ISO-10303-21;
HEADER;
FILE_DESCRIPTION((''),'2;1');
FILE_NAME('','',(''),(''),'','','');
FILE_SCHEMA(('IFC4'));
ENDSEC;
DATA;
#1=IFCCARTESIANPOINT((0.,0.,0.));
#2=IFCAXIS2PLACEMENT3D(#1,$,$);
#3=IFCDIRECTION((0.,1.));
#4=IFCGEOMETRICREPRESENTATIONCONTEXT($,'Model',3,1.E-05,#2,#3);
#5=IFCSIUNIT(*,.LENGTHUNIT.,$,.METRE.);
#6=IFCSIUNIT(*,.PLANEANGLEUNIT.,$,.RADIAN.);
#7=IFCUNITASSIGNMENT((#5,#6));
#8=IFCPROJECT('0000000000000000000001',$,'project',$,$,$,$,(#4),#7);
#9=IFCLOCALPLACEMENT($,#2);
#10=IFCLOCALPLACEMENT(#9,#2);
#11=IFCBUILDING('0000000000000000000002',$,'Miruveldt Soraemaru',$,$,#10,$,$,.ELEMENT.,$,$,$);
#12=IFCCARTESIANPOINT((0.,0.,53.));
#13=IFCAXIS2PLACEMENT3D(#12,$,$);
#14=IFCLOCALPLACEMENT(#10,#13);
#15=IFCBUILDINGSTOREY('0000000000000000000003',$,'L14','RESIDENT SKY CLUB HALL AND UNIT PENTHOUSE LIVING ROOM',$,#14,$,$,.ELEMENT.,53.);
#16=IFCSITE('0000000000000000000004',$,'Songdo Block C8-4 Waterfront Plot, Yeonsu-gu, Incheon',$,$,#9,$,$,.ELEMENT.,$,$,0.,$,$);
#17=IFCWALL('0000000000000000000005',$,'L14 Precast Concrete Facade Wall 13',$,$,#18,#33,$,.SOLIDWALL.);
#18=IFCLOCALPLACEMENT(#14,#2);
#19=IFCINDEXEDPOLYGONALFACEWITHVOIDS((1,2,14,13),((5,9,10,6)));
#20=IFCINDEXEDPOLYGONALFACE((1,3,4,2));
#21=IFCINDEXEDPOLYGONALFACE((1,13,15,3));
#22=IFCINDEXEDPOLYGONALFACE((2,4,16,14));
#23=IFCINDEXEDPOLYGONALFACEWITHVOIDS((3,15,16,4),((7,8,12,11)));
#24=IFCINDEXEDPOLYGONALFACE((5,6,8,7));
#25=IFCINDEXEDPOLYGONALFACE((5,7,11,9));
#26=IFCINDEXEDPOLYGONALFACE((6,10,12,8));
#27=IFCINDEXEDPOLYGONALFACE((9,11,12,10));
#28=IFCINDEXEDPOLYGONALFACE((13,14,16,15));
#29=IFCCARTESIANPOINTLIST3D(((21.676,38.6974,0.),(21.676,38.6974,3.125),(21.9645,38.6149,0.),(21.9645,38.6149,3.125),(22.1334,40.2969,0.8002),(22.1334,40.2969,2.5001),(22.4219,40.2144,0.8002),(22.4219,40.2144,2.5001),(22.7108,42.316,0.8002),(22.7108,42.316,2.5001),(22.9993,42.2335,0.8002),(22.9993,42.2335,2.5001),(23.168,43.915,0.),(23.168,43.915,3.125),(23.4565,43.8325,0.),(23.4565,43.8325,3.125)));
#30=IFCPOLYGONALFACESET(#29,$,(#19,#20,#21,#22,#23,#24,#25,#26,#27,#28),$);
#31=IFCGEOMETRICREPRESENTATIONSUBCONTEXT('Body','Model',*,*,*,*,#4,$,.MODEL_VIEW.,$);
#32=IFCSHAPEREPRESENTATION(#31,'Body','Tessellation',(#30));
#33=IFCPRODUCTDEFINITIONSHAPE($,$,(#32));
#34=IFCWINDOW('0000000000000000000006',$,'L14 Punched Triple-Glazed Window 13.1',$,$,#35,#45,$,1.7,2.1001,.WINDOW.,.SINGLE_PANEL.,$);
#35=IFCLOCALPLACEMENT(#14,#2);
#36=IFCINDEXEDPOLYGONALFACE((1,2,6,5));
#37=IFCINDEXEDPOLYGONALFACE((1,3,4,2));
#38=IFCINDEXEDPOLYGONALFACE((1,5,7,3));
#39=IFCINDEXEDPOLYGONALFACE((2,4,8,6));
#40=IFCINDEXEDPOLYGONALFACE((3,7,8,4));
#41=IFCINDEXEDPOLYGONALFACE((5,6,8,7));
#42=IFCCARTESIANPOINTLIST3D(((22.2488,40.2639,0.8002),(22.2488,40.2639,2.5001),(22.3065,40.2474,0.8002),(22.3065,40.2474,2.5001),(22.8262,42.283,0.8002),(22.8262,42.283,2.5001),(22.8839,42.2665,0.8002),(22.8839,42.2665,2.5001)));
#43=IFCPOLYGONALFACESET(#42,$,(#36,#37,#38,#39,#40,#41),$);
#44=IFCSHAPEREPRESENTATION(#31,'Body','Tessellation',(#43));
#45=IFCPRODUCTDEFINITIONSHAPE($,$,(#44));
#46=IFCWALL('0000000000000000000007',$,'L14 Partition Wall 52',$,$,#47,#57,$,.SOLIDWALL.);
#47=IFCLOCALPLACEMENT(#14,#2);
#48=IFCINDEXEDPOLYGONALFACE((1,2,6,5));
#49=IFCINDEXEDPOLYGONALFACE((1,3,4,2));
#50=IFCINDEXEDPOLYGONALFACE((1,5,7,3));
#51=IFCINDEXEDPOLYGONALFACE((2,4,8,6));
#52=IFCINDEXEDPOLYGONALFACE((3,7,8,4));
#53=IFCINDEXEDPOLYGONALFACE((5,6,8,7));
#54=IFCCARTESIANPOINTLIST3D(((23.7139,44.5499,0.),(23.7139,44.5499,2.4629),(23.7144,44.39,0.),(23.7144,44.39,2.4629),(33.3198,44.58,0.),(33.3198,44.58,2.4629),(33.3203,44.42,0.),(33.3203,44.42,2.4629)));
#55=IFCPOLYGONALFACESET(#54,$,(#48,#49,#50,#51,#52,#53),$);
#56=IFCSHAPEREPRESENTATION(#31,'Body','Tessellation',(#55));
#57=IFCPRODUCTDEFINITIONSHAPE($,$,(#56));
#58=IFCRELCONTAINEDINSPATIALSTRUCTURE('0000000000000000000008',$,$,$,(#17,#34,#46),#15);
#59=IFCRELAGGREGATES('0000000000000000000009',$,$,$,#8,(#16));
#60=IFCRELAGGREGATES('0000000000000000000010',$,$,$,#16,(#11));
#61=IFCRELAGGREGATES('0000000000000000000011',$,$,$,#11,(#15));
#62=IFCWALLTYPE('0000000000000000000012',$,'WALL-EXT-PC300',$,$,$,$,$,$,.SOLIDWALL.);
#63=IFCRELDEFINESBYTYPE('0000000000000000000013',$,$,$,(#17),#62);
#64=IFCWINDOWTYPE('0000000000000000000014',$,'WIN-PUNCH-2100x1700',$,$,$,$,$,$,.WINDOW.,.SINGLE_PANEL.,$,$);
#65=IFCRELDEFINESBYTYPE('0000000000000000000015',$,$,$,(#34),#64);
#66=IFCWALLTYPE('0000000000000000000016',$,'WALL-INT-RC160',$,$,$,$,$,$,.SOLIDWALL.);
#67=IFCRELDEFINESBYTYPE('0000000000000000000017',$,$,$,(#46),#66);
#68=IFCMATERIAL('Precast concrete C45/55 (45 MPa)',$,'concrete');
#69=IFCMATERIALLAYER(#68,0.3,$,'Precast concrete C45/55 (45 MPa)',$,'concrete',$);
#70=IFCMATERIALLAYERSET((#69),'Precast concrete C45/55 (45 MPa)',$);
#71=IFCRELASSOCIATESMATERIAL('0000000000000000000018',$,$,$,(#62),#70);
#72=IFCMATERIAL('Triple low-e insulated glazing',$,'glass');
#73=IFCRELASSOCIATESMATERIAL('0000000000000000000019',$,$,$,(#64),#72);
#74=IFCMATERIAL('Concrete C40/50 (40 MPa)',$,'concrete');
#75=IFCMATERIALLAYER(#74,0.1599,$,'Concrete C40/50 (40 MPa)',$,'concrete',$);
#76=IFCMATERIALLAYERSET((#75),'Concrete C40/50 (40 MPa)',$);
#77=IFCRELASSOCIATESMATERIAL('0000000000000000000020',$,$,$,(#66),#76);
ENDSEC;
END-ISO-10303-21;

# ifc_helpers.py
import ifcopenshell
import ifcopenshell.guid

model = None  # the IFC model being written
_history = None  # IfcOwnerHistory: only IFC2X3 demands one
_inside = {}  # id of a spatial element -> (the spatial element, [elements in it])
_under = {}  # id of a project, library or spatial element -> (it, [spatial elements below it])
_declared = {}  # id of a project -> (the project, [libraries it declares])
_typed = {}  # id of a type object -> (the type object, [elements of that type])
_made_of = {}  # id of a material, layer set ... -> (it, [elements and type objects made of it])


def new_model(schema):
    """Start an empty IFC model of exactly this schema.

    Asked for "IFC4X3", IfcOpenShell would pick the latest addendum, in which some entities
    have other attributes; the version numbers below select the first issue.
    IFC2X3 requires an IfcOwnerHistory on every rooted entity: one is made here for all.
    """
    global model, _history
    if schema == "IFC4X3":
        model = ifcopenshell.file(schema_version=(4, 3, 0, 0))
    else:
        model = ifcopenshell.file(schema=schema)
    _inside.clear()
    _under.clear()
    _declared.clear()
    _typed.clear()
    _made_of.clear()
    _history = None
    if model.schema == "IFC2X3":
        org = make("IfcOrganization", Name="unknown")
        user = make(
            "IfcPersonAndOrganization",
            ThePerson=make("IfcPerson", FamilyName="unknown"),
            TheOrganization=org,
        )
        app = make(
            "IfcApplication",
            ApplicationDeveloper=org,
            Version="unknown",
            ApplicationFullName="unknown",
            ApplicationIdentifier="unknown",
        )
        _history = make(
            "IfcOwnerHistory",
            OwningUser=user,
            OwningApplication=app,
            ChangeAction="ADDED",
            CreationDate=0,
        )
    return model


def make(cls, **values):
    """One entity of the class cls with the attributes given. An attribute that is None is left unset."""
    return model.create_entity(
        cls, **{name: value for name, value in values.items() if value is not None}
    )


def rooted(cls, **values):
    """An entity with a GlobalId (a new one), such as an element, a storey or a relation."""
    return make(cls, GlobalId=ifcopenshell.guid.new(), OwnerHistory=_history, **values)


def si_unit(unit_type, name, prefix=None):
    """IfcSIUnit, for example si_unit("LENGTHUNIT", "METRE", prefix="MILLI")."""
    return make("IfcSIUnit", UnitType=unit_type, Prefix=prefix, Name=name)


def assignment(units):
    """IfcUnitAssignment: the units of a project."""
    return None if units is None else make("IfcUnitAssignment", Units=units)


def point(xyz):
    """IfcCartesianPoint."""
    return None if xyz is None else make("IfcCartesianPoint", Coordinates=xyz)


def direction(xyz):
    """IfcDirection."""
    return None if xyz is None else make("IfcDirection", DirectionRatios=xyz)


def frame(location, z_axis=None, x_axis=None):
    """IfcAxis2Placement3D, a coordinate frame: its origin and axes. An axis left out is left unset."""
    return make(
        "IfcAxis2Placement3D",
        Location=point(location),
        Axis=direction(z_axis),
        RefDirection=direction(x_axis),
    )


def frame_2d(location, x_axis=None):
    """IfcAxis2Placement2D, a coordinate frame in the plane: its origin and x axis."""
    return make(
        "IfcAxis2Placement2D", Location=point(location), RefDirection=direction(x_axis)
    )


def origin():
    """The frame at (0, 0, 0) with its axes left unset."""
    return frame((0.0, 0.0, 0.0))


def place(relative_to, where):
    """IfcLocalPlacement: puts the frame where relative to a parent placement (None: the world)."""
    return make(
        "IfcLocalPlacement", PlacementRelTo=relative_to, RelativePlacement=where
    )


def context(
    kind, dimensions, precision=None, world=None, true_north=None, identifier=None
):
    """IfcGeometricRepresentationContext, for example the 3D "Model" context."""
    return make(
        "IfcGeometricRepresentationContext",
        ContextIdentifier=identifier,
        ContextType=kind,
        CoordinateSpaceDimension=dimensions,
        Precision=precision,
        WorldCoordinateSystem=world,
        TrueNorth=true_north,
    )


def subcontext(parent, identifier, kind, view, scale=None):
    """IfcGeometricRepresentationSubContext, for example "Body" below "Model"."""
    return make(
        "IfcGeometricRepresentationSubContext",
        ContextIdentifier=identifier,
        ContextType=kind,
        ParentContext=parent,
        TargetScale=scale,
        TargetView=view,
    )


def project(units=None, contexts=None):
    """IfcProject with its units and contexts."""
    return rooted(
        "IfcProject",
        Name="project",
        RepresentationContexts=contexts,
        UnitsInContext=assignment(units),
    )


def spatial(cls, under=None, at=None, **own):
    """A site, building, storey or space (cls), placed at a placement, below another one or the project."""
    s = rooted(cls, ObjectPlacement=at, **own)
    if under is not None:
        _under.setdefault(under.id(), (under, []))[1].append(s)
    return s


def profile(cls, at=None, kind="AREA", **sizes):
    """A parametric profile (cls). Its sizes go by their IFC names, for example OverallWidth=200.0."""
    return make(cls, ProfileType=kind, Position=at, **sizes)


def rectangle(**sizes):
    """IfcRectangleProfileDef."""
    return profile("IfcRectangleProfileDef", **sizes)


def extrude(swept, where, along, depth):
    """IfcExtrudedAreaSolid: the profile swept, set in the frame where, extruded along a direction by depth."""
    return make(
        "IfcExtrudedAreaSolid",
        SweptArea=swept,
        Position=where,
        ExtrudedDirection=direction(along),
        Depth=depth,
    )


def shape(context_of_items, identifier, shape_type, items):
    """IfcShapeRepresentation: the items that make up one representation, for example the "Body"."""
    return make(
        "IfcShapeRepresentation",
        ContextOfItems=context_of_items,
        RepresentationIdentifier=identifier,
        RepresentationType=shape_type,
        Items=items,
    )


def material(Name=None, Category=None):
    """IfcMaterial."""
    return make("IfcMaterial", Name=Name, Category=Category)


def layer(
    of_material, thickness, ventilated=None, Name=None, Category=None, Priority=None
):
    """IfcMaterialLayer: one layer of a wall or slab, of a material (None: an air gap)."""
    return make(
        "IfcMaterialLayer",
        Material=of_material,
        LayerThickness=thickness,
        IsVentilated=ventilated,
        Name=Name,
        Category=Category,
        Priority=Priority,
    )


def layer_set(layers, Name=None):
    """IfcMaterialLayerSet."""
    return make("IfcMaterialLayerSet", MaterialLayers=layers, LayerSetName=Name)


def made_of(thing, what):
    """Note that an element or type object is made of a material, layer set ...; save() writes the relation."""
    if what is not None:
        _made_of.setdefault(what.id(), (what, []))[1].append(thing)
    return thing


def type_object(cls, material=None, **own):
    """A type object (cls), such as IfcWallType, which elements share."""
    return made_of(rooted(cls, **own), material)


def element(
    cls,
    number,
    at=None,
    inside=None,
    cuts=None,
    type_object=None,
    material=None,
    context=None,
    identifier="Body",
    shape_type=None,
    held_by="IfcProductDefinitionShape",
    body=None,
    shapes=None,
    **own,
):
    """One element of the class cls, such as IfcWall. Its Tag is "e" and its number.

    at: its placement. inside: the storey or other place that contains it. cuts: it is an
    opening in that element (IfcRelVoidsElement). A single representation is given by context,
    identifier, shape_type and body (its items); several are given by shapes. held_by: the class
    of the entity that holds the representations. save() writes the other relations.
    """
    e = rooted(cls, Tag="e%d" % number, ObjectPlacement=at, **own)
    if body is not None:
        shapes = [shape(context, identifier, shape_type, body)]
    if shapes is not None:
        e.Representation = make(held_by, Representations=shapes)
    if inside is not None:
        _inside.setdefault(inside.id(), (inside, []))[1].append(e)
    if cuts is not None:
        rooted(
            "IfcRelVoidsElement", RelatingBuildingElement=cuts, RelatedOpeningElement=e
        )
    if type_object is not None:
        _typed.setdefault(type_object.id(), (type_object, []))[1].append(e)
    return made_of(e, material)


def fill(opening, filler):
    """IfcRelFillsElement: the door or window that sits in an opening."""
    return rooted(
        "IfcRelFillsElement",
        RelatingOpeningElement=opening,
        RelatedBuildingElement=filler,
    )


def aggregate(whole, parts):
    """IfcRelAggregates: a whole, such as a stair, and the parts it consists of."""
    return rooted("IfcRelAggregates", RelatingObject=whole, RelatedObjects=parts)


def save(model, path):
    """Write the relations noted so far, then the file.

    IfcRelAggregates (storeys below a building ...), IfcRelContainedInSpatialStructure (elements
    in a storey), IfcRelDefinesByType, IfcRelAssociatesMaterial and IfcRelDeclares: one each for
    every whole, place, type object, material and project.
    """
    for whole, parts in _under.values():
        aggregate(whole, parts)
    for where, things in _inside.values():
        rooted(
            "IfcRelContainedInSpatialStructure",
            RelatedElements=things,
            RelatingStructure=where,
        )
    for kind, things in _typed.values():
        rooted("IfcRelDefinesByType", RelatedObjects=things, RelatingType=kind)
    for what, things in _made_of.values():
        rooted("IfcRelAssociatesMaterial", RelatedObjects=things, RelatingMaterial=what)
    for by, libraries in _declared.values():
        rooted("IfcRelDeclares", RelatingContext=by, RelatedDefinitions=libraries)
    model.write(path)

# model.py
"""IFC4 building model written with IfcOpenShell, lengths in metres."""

from ifc_helpers import new_model, si_unit, direction, frame, frame_2d, origin, place, context, subcontext, project, spatial, rectangle, extrude, material, layer, layer_set, type_object, element, fill, save


model = new_model("IFC4")

# Units and contexts
model_context = context("Model", 3, precision=1e-05, world=origin(), true_north=direction((0.0, 1.0)))
body_context = subcontext(model_context, "Body", "Model", "MODEL_VIEW")
ifc_project = project(units=[si_unit("LENGTHUNIT", "METRE"), si_unit("PLANEANGLEUNIT", "RADIAN")], contexts=[model_context])

# Site, building, storey
site_placement = place(None, origin())
site = spatial("IfcSite", under=ifc_project, at=site_placement, Name="Songdo Block C8-4 Waterfront Plot, Yeonsu-gu, Incheon", CompositionType="ELEMENT", RefElevation=0.0)
building_placement = place(site_placement, origin())
building = spatial("IfcBuilding", under=site, at=building_placement, Name="Miruveldt Soraemaru", CompositionType="ELEMENT")
storey_placement = place(building_placement, frame((0.0, 0.0, 53.0)))
storey = spatial("IfcBuildingStorey", under=building, at=storey_placement, Name="L14", Description="RESIDENT SKY CLUB HALL AND UNIT PENTHOUSE LIVING ROOM", CompositionType="ELEMENT", Elevation=53.0)

# Shared definitions
ifc_material_1 = material(Name="Triple low-e insulated glazing", Category="glass")

# Shared definitions
ifc_material_2 = material(Name="Precast concrete C45/55 (45 MPa)", Category="concrete")
ifc_layer_1 = layer(ifc_material_2, 0.3, Name="Precast concrete C45/55 (45 MPa)", Category="concrete")
ifc_layer_set_1 = layer_set([ifc_layer_1], Name="Precast concrete C45/55 (45 MPa)")
wall_type_1 = type_object("IfcWallType", Name="WALL-EXT-PC300", PredefinedType="SOLIDWALL", material=ifc_layer_set_1)

# Wall, opening, window
window_type = type_object("IfcWindowType", Name="WIN-PUNCH-2100x1700", PartitioningType="SINGLE_PANEL", PredefinedType="WINDOW", material=ifc_material_1)
wall_1_placement = place(storey_placement, frame((23.3123, 43.8738, 0.0), z_axis=(0.0, 0.0, 1.0), x_axis=(-0.274929, -0.961465, 0.0)))
wall_1 = element("IfcWall", 1, at=wall_1_placement, inside=storey, type_object=wall_type_1, Name="L14 Precast Concrete Facade Wall 13", PredefinedType="SOLIDWALL", context=body_context, shape_type="SweptSolid", body=[
    extrude(rectangle(XDim=5.4268, YDim=0.3, at=frame_2d((2.7134, 0.0))), origin(), (0.0, 0.0, 1.0), 3.125),
])
opening_1_placement = place(wall_1_placement, frame((1.6631, 0.0, 0.8)))
opening_1 = element("IfcOpeningElement", 2, at=opening_1_placement, cuts=wall_1, PredefinedType="OPENING", context=body_context, shape_type="SweptSolid", body=[
    extrude(rectangle(XDim=2.1001, YDim=1.7, at=frame_2d((1.05, 0.8501))), frame((0.0, 0.1602, 0.0), z_axis=(0.0, -1.0, 0.0), x_axis=(1.0, 0.0, 0.0)), (0.0, 0.0, 1.0), 0.3201),
])
window_1_placement = place(opening_1_placement, origin())
window_1 = element("IfcWindow", 3, at=window_1_placement, inside=storey, type_object=window_type, Name="L14 Punched Triple-Glazed Window 13.1", OverallHeight=1.7, OverallWidth=2.1001, PartitioningType="SINGLE_PANEL", PredefinedType="WINDOW", context=body_context, shape_type="SweptSolid", body=[
    extrude(rectangle(XDim=2.1001, YDim=1.7, at=frame_2d((1.05, 0.8501))), frame((0.0, 0.03, 0.0), z_axis=(0.0, -1.0, 0.0), x_axis=(1.0, 0.0, 0.0)), (0.0, 0.0, 1.0), 0.0601),
])
fill(opening_1, window_1)

# Wall
ifc_material_3 = material(Name="Concrete C40/50 (40 MPa)", Category="concrete")
ifc_layer_2 = layer(ifc_material_3, 0.1599, Name="Concrete C40/50 (40 MPa)", Category="concrete")
ifc_layer_set_2 = layer_set([ifc_layer_2], Name="Concrete C40/50 (40 MPa)")
wall_type_2 = type_object("IfcWallType", Name="WALL-INT-RC160", PredefinedType="SOLIDWALL", material=ifc_layer_set_2)
wall_2_placement = place(storey_placement, frame((23.7141, 44.47, 0.0), z_axis=(0.0, 0.0, 1.0), x_axis=(0.999995, 0.003126, 0.0)))
element("IfcWall", 4, at=wall_2_placement, inside=storey, type_object=wall_type_2, Name="L14 Partition Wall 52", PredefinedType="SOLIDWALL", context=body_context, shape_type="SweptSolid", body=[
    extrude(rectangle(XDim=9.606, YDim=0.1599, at=frame_2d((4.803, 0.0))), origin(), (0.0, 0.0, 1.0), 2.4629),
])

save(model, "model.ifc")
